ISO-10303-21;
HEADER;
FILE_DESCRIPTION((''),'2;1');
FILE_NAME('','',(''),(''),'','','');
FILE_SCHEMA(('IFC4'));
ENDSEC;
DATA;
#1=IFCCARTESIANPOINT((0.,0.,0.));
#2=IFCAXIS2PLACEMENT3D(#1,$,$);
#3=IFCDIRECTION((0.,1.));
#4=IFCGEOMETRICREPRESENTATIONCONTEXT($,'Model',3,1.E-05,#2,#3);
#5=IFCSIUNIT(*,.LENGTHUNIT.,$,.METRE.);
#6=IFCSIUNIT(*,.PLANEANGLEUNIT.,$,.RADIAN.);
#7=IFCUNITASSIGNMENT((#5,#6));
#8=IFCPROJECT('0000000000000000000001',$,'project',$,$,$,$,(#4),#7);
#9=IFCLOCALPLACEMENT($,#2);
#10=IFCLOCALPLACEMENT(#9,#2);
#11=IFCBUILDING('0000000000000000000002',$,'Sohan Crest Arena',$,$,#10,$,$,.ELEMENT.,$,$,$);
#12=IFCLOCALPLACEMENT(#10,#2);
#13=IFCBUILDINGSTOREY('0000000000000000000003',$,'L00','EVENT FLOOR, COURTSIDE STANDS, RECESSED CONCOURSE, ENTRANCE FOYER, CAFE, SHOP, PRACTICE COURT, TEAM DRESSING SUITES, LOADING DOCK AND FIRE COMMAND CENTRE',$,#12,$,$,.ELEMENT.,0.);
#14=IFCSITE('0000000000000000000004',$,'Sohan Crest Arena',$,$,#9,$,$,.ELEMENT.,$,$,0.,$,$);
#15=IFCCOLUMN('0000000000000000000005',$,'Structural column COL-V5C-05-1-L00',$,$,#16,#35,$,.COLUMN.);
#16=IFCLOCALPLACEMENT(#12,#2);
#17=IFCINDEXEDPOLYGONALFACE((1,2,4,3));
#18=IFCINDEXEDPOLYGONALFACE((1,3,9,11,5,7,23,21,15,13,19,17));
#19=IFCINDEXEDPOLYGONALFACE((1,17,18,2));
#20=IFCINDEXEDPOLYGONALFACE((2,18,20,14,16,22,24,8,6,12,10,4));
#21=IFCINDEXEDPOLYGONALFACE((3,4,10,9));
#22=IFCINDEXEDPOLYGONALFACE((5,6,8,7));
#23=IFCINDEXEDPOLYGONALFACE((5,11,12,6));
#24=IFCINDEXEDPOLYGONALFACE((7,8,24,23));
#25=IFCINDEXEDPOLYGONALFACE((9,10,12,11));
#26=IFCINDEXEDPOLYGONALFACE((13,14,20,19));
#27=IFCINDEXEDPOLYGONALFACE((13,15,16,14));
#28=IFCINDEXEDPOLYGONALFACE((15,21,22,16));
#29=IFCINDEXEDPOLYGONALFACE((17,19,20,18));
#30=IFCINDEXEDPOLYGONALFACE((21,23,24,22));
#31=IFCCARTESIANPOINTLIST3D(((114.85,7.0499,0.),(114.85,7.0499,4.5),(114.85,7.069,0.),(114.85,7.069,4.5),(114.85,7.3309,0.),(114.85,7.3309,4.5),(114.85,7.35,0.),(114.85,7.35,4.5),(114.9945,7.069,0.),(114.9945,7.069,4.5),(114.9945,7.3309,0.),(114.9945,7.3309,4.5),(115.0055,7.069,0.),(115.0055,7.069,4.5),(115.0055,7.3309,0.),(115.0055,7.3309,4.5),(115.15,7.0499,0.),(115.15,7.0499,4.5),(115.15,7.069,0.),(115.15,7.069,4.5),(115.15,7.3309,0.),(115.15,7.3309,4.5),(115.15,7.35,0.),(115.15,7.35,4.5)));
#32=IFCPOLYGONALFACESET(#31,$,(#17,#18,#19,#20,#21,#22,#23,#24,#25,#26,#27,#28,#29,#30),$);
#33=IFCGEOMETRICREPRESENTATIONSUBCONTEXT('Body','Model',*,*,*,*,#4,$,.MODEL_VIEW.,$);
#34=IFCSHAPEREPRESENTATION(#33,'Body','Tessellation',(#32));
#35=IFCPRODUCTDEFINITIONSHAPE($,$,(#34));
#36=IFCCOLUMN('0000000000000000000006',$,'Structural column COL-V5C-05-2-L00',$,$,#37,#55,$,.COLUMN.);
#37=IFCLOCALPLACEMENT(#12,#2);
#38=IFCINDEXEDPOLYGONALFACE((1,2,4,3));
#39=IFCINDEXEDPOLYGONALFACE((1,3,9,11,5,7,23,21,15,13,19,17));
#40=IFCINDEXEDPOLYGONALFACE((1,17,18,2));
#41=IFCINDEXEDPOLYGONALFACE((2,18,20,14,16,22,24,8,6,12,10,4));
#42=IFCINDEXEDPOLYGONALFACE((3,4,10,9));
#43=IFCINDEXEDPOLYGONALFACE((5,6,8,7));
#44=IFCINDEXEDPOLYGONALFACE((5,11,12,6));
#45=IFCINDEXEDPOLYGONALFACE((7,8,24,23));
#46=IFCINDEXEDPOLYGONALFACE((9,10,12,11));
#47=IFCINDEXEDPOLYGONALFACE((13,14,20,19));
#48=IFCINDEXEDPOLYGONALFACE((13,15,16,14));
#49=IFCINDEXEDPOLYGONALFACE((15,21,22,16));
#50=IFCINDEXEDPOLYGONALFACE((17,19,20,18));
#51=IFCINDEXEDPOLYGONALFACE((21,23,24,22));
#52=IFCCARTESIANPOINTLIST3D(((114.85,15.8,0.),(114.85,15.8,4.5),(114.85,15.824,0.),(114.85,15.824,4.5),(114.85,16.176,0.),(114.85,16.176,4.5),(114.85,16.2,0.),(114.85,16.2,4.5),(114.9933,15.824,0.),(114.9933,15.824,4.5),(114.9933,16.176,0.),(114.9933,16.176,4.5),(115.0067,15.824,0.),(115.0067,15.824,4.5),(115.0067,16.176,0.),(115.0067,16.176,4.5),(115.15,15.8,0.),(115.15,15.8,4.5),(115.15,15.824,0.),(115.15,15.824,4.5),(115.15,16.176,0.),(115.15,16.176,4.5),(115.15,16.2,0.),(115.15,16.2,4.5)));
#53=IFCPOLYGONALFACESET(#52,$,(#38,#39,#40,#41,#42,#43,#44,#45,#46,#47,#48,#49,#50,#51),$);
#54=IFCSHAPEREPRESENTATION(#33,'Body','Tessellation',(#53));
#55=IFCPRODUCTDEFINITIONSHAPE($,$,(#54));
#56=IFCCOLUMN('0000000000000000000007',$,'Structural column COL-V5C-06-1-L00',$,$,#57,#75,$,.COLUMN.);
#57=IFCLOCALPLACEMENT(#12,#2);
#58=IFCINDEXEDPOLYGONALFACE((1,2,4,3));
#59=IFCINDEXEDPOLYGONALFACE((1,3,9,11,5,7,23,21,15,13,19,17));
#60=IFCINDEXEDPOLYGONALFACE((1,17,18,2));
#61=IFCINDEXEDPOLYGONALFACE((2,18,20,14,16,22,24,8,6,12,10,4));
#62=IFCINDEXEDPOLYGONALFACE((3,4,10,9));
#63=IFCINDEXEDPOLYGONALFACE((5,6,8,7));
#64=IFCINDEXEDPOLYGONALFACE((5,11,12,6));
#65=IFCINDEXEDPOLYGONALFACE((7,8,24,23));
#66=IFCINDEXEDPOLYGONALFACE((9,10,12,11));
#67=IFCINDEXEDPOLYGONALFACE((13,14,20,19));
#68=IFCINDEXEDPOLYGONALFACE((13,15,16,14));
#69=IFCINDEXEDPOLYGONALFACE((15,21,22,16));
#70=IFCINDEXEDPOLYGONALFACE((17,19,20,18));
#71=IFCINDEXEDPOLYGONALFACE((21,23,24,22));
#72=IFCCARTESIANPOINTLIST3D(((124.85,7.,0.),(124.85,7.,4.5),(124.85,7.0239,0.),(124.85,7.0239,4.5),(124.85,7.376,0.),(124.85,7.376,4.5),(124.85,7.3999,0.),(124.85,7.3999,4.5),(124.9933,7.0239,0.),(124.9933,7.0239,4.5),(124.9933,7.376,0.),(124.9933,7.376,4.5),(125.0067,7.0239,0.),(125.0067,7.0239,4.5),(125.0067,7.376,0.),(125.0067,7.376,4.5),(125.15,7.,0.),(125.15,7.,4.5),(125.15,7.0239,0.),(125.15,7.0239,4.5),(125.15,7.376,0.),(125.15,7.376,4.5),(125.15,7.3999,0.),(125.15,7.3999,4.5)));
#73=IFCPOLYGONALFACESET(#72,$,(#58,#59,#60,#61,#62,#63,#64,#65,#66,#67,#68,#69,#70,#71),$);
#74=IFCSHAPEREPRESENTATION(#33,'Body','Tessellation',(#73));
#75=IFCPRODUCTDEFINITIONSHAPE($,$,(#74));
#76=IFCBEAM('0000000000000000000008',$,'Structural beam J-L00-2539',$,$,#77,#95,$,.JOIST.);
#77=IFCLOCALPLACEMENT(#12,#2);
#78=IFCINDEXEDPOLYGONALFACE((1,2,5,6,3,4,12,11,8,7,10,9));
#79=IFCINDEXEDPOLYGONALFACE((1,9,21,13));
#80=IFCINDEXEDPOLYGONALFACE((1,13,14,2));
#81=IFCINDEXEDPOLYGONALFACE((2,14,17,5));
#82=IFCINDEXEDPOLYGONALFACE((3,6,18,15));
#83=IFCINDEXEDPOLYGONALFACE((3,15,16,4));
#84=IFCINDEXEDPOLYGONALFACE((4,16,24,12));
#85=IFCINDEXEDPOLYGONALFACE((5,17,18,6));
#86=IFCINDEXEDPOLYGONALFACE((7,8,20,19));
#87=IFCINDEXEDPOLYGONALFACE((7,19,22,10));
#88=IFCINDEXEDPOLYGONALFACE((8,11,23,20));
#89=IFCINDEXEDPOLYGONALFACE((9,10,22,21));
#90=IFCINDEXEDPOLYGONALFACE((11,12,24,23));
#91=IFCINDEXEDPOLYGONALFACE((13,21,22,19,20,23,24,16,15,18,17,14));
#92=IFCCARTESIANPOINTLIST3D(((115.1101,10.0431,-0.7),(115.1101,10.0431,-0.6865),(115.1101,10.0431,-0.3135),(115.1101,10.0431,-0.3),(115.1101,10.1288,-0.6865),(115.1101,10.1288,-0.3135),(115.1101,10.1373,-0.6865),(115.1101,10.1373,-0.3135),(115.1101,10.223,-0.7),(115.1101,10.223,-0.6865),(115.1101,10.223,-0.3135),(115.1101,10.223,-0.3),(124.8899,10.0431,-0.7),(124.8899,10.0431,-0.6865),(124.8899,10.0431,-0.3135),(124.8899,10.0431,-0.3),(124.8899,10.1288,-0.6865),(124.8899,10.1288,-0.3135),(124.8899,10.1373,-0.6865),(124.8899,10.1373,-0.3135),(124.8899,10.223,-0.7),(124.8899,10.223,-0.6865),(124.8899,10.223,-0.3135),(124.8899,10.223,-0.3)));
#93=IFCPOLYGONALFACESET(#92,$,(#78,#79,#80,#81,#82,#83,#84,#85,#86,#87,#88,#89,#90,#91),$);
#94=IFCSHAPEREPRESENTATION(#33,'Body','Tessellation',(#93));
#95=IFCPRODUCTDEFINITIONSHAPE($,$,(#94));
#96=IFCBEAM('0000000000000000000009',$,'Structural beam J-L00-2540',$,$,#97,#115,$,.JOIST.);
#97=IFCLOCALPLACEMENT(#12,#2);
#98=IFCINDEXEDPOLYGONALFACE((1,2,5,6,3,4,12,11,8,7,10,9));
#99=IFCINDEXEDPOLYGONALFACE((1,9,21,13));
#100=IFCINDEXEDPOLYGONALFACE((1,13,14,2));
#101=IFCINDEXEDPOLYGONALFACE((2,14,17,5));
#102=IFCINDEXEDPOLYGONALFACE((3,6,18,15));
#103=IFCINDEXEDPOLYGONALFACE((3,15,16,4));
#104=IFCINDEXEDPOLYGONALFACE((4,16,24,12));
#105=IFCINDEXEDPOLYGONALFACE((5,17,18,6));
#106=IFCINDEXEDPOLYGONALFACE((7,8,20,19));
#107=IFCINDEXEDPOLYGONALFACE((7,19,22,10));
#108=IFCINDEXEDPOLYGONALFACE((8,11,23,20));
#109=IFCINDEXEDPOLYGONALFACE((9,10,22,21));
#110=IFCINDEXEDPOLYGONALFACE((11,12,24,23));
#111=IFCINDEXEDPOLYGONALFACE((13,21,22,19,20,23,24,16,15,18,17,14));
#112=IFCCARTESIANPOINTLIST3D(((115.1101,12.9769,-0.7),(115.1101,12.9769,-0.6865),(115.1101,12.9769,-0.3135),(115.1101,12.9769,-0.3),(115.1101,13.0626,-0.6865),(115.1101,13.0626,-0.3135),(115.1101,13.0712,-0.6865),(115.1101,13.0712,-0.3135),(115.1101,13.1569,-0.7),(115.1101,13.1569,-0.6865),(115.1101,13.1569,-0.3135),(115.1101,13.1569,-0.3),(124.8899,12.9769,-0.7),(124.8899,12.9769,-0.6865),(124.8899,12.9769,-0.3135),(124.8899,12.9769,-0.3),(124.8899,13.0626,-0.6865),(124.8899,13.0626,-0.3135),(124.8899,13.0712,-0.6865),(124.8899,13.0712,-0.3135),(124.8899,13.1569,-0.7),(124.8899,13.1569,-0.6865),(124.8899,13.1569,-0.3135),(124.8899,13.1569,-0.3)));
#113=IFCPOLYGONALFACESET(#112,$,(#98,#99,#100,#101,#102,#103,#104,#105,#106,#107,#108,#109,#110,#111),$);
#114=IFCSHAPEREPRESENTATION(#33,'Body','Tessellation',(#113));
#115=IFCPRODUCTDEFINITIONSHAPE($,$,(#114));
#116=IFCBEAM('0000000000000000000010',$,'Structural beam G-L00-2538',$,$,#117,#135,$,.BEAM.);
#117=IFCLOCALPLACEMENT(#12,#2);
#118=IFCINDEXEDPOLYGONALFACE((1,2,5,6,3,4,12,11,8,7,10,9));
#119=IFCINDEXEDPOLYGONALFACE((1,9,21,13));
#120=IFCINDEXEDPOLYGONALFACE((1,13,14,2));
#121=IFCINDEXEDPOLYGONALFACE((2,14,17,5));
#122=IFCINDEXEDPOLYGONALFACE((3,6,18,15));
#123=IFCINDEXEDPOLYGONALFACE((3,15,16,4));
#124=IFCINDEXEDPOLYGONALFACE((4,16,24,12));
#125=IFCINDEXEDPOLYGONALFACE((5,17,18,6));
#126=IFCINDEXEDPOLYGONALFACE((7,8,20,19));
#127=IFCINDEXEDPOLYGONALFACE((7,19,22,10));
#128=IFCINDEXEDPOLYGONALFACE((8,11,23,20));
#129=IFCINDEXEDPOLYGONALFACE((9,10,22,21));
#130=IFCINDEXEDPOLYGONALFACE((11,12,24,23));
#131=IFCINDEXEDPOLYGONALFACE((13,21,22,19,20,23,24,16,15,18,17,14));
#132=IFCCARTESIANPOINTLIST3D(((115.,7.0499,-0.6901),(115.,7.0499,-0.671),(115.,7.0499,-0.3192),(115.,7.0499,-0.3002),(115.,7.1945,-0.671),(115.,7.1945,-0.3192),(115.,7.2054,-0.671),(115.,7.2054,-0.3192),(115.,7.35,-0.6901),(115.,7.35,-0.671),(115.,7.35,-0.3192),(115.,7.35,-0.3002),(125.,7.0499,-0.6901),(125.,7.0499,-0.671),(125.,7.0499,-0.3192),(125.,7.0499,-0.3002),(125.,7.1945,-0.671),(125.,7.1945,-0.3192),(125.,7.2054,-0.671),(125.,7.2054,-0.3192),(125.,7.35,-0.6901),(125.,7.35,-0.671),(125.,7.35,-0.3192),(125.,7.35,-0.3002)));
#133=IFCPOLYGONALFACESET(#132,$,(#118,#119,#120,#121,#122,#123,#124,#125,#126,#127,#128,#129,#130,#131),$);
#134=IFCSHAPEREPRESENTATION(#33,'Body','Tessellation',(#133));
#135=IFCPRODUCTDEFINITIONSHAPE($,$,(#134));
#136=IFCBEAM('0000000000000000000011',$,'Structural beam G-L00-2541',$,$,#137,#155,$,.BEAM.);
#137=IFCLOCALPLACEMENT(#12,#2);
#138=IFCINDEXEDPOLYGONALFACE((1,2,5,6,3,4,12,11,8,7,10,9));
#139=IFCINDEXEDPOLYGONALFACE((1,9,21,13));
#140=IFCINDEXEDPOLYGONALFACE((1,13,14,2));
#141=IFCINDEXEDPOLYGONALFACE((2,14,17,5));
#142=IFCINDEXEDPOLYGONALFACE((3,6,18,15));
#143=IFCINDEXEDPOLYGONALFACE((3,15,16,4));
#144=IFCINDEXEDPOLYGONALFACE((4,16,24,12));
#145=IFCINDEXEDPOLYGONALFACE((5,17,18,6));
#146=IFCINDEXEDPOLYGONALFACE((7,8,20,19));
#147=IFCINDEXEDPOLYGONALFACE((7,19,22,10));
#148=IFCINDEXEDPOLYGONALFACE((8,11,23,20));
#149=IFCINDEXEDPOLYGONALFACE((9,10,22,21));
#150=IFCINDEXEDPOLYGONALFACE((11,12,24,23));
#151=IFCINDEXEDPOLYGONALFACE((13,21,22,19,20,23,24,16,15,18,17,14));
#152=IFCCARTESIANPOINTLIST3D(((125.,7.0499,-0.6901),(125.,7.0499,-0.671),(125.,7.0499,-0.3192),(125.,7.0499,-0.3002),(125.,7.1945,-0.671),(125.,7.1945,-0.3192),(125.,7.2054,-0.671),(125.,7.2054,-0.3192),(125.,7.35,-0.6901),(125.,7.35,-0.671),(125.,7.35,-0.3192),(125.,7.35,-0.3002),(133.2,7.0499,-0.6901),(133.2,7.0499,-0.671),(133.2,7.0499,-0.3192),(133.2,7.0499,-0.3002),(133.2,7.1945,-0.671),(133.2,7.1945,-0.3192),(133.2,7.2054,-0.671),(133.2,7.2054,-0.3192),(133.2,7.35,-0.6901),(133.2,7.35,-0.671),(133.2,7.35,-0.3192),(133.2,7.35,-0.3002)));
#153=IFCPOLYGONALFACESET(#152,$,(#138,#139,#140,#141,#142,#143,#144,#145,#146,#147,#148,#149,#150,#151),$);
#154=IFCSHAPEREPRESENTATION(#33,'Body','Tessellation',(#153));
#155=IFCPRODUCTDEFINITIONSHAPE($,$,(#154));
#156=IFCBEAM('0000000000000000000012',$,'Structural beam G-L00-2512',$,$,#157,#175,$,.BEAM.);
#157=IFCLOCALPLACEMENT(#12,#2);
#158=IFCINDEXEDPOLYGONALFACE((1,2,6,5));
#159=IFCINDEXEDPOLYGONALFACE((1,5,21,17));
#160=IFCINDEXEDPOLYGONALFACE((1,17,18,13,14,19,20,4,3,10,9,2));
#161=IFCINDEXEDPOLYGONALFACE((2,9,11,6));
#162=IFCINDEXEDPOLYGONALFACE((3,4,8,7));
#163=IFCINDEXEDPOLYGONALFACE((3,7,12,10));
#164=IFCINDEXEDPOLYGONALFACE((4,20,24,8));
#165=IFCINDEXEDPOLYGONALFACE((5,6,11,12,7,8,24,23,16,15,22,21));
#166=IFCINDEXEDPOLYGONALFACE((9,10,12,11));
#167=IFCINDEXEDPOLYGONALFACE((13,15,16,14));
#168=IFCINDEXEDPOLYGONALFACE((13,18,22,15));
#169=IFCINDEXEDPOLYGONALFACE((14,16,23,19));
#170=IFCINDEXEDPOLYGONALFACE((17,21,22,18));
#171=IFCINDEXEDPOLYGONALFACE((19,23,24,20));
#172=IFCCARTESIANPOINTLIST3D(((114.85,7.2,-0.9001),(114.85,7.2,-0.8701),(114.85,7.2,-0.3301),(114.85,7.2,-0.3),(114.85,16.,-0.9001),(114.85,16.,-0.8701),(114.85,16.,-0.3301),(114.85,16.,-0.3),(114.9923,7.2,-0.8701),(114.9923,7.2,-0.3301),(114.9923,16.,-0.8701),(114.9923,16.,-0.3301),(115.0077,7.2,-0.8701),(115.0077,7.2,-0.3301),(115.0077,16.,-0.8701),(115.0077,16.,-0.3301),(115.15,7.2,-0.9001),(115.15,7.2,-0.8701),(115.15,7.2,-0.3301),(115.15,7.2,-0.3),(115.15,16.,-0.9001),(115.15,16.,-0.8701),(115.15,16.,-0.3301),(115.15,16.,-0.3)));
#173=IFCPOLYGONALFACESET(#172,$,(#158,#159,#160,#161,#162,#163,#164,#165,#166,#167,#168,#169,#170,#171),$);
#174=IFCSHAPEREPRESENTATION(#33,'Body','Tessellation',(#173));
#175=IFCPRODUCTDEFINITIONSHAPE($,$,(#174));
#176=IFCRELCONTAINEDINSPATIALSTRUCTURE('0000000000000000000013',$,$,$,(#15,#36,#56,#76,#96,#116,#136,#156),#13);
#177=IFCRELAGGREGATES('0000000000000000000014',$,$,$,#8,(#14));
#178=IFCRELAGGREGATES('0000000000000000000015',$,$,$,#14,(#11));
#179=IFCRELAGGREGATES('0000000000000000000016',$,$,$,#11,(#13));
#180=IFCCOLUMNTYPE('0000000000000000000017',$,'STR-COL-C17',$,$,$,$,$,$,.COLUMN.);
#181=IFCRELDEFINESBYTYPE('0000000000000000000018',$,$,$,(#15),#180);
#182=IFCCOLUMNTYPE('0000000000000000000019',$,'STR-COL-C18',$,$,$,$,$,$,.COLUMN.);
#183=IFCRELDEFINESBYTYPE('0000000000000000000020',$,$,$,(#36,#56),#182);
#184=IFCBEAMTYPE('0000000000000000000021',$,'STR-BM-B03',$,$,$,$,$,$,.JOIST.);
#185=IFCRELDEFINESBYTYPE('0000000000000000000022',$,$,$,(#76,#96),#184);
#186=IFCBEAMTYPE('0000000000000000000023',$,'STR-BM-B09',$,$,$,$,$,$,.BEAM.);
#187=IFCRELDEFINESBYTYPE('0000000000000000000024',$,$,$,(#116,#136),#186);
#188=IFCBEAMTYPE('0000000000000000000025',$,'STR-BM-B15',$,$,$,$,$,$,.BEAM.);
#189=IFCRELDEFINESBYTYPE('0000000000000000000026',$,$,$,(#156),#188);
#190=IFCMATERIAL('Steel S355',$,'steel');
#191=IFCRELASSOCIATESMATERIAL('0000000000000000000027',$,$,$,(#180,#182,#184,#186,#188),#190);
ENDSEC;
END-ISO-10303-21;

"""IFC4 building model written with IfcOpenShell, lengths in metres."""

from ifc_helpers import new_model, si_unit, direction, frame, origin, origin_2d, place, context, subcontext, project, spatial, i_section, extrude, material, material_profile, profile_set, type_object, element, save


model = new_model("IFC4")

# Units and contexts
model_context = context("Model", 3, precision=1e-05, world=origin(), true_north=direction((0.0, 1.0)))
body_context = subcontext(model_context, "Body", "Model", "MODEL_VIEW")
ifc_project = project(units=[si_unit("LENGTHUNIT", "METRE"), si_unit("PLANEANGLEUNIT", "RADIAN")], contexts=[model_context])

# Site, building, storey
site_placement = place(None, origin())
site = spatial("IfcSite", under=ifc_project, at=site_placement, Name="Sohan Crest Arena", CompositionType="ELEMENT", RefElevation=0.0)
building_placement = place(site_placement, origin())
building = spatial("IfcBuilding", under=site, at=building_placement, Name="Sohan Crest Arena", CompositionType="ELEMENT")
storey_placement = place(building_placement, origin())
storey = spatial("IfcBuildingStorey", under=building, at=storey_placement, Name="L00", Description="EVENT FLOOR, COURTSIDE STANDS, RECESSED CONCOURSE, ENTRANCE FOYER, CAFE, SHOP, PRACTICE COURT, TEAM DRESSING SUITES, LOADING DOCK AND FIRE COMMAND CENTRE", CompositionType="ELEMENT", Elevation=0.0)

# Columns
ifc_material_1 = material(Name="Steel S355", Category="steel")
ifc_material_profile_1 = material_profile(ifc_material_1, i_section(OverallWidth=0.3, OverallDepth=0.3, WebThickness=0.011, FlangeThickness=0.019, at=origin_2d()), Name="HEB 300")
ifc_profile_set_1 = profile_set([ifc_material_profile_1], Name="Steel S355")
column_type_1 = type_object("IfcColumnType", Name="STR-COL-C17", PredefinedType="COLUMN", material=ifc_profile_set_1)
column_placement = place(storey_placement, frame((115.0, 7.2, 0.0), z_axis=(0.0, 0.0, 1.0), x_axis=(1.0, 0.0, 0.0)))
element("IfcColumn", 1, at=column_placement, inside=storey, type_object=column_type_1, Name="Structural column COL-V5C-05-1-L00", PredefinedType="COLUMN", context=body_context, shape_type="SweptSolid", body=[
    extrude(i_section(OverallWidth=0.3, OverallDepth=0.3, WebThickness=0.011, FlangeThickness=0.019, at=origin_2d()), origin(), (0.0, 0.0, 1.0), 4.5),
])
ifc_material_profile_2 = material_profile(ifc_material_1, i_section(OverallWidth=0.3, OverallDepth=0.3999, WebThickness=0.0134, FlangeThickness=0.0239, at=origin_2d()), Name="HEB 400")
ifc_profile_set_2 = profile_set([ifc_material_profile_2], Name="Steel S355")
column_type_2 = type_object("IfcColumnType", Name="STR-COL-C18", PredefinedType="COLUMN", material=ifc_profile_set_2)
for number, where, z_axis, x_axis, name in (
    (2, (115.0, 16.0, 0.0), (0.0, 0.0, 1.0), (1.0, 0.0, 0.0), "Structural column COL-V5C-05-2-L00"),
    (3, (125.0, 7.2, 0.0), (0.0, 0.0, 1.0), (1.0, 0.0, 0.0), "Structural column COL-V5C-06-1-L00"),
):
    element("IfcColumn", number, at=place(storey_placement, frame(where, z_axis=z_axis, x_axis=x_axis)), inside=storey, type_object=column_type_2, Name=name, PredefinedType="COLUMN", context=body_context, shape_type="SweptSolid", body=[
        extrude(i_section(OverallWidth=0.3, OverallDepth=0.3999, WebThickness=0.0134, FlangeThickness=0.0239, at=origin_2d()), origin(), (0.0, 0.0, 1.0), 4.5),
    ])

# Beams
ifc_material_profile_3 = material_profile(ifc_material_1, i_section(OverallWidth=0.1799, OverallDepth=0.3999, WebThickness=0.0085, FlangeThickness=0.0134, at=origin_2d()), Name="IPE 400")
ifc_profile_set_3 = profile_set([ifc_material_profile_3], Name="Steel S355")
beam_type_1 = type_object("IfcBeamType", Name="STR-BM-B03", PredefinedType="JOIST", material=ifc_profile_set_3)
for number, where, z_axis, x_axis, name in (
    (4, (115.1101, 10.1331, -0.5), (1.0, 0.0, 0.0), (0.0, 1.0, 0.0), "Structural beam J-L00-2539"),
    (5, (115.1101, 13.0669, -0.5), (1.0, 0.0, 0.0), (0.0, 1.0, 0.0), "Structural beam J-L00-2540"),
):
    element("IfcBeam", number, at=place(storey_placement, frame(where, z_axis=z_axis, x_axis=x_axis)), inside=storey, type_object=beam_type_1, Name=name, PredefinedType="JOIST", context=body_context, shape_type="SweptSolid", body=[
        extrude(i_section(OverallWidth=0.1799, OverallDepth=0.3999, WebThickness=0.0085, FlangeThickness=0.0134, at=origin_2d()), origin(), (0.0, 0.0, 1.0), 9.7798),
    ])
ifc_material_profile_4 = material_profile(ifc_material_1, i_section(OverallWidth=0.3, OverallDepth=0.3899, WebThickness=0.011, FlangeThickness=0.019, at=origin_2d()), Name="HEA 400")
ifc_profile_set_4 = profile_set([ifc_material_profile_4], Name="Steel S355")
beam_type_2 = type_object("IfcBeamType", Name="STR-BM-B09", PredefinedType="BEAM", material=ifc_profile_set_4)
beam_1_placement = place(storey_placement, frame((115.0, 7.2, -0.4951), z_axis=(1.0, 0.0, 0.0), x_axis=(0.0, 1.0, 0.0)))
element("IfcBeam", 6, at=beam_1_placement, inside=storey, type_object=beam_type_2, Name="Structural beam G-L00-2538", PredefinedType="BEAM", context=body_context, shape_type="SweptSolid", body=[
    extrude(i_section(OverallWidth=0.3, OverallDepth=0.3899, WebThickness=0.011, FlangeThickness=0.019, at=origin_2d()), origin(), (0.0, 0.0, 1.0), 10.0),
])
beam_2_placement = place(storey_placement, frame((125.0, 7.2, -0.4951), z_axis=(1.0, 0.0, 0.0), x_axis=(0.0, 1.0, 0.0)))
element("IfcBeam", 7, at=beam_2_placement, inside=storey, type_object=beam_type_2, Name="Structural beam G-L00-2541", PredefinedType="BEAM", context=body_context, shape_type="SweptSolid", body=[
    extrude(i_section(OverallWidth=0.3, OverallDepth=0.3899, WebThickness=0.011, FlangeThickness=0.019, at=origin_2d()), origin(), (0.0, 0.0, 1.0), 8.2),
])
ifc_material_profile_5 = material_profile(ifc_material_1, i_section(OverallWidth=0.3, OverallDepth=0.6001, WebThickness=0.0154, FlangeThickness=0.03, at=origin_2d()), Name="HEB 600")
ifc_profile_set_5 = profile_set([ifc_material_profile_5], Name="Steel S355")
beam_type_3 = type_object("IfcBeamType", Name="STR-BM-B15", PredefinedType="BEAM", material=ifc_profile_set_5)
for number, where, z_axis, x_axis, name in (
    (8, (115.0, 7.2, -0.6001), (0.0, 1.0, 0.0), (-1.0, 0.0, 0.0), "Structural beam G-L00-2512"),
):
    element("IfcBeam", number, at=place(storey_placement, frame(where, z_axis=z_axis, x_axis=x_axis)), inside=storey, type_object=beam_type_3, Name=name, PredefinedType="BEAM", context=body_context, shape_type="SweptSolid", body=[
        extrude(i_section(OverallWidth=0.3, OverallDepth=0.6001, WebThickness=0.0154, FlangeThickness=0.03, at=origin_2d()), origin(), (0.0, 0.0, 1.0), 8.8),
    ])

save(model, "model.ifc")
